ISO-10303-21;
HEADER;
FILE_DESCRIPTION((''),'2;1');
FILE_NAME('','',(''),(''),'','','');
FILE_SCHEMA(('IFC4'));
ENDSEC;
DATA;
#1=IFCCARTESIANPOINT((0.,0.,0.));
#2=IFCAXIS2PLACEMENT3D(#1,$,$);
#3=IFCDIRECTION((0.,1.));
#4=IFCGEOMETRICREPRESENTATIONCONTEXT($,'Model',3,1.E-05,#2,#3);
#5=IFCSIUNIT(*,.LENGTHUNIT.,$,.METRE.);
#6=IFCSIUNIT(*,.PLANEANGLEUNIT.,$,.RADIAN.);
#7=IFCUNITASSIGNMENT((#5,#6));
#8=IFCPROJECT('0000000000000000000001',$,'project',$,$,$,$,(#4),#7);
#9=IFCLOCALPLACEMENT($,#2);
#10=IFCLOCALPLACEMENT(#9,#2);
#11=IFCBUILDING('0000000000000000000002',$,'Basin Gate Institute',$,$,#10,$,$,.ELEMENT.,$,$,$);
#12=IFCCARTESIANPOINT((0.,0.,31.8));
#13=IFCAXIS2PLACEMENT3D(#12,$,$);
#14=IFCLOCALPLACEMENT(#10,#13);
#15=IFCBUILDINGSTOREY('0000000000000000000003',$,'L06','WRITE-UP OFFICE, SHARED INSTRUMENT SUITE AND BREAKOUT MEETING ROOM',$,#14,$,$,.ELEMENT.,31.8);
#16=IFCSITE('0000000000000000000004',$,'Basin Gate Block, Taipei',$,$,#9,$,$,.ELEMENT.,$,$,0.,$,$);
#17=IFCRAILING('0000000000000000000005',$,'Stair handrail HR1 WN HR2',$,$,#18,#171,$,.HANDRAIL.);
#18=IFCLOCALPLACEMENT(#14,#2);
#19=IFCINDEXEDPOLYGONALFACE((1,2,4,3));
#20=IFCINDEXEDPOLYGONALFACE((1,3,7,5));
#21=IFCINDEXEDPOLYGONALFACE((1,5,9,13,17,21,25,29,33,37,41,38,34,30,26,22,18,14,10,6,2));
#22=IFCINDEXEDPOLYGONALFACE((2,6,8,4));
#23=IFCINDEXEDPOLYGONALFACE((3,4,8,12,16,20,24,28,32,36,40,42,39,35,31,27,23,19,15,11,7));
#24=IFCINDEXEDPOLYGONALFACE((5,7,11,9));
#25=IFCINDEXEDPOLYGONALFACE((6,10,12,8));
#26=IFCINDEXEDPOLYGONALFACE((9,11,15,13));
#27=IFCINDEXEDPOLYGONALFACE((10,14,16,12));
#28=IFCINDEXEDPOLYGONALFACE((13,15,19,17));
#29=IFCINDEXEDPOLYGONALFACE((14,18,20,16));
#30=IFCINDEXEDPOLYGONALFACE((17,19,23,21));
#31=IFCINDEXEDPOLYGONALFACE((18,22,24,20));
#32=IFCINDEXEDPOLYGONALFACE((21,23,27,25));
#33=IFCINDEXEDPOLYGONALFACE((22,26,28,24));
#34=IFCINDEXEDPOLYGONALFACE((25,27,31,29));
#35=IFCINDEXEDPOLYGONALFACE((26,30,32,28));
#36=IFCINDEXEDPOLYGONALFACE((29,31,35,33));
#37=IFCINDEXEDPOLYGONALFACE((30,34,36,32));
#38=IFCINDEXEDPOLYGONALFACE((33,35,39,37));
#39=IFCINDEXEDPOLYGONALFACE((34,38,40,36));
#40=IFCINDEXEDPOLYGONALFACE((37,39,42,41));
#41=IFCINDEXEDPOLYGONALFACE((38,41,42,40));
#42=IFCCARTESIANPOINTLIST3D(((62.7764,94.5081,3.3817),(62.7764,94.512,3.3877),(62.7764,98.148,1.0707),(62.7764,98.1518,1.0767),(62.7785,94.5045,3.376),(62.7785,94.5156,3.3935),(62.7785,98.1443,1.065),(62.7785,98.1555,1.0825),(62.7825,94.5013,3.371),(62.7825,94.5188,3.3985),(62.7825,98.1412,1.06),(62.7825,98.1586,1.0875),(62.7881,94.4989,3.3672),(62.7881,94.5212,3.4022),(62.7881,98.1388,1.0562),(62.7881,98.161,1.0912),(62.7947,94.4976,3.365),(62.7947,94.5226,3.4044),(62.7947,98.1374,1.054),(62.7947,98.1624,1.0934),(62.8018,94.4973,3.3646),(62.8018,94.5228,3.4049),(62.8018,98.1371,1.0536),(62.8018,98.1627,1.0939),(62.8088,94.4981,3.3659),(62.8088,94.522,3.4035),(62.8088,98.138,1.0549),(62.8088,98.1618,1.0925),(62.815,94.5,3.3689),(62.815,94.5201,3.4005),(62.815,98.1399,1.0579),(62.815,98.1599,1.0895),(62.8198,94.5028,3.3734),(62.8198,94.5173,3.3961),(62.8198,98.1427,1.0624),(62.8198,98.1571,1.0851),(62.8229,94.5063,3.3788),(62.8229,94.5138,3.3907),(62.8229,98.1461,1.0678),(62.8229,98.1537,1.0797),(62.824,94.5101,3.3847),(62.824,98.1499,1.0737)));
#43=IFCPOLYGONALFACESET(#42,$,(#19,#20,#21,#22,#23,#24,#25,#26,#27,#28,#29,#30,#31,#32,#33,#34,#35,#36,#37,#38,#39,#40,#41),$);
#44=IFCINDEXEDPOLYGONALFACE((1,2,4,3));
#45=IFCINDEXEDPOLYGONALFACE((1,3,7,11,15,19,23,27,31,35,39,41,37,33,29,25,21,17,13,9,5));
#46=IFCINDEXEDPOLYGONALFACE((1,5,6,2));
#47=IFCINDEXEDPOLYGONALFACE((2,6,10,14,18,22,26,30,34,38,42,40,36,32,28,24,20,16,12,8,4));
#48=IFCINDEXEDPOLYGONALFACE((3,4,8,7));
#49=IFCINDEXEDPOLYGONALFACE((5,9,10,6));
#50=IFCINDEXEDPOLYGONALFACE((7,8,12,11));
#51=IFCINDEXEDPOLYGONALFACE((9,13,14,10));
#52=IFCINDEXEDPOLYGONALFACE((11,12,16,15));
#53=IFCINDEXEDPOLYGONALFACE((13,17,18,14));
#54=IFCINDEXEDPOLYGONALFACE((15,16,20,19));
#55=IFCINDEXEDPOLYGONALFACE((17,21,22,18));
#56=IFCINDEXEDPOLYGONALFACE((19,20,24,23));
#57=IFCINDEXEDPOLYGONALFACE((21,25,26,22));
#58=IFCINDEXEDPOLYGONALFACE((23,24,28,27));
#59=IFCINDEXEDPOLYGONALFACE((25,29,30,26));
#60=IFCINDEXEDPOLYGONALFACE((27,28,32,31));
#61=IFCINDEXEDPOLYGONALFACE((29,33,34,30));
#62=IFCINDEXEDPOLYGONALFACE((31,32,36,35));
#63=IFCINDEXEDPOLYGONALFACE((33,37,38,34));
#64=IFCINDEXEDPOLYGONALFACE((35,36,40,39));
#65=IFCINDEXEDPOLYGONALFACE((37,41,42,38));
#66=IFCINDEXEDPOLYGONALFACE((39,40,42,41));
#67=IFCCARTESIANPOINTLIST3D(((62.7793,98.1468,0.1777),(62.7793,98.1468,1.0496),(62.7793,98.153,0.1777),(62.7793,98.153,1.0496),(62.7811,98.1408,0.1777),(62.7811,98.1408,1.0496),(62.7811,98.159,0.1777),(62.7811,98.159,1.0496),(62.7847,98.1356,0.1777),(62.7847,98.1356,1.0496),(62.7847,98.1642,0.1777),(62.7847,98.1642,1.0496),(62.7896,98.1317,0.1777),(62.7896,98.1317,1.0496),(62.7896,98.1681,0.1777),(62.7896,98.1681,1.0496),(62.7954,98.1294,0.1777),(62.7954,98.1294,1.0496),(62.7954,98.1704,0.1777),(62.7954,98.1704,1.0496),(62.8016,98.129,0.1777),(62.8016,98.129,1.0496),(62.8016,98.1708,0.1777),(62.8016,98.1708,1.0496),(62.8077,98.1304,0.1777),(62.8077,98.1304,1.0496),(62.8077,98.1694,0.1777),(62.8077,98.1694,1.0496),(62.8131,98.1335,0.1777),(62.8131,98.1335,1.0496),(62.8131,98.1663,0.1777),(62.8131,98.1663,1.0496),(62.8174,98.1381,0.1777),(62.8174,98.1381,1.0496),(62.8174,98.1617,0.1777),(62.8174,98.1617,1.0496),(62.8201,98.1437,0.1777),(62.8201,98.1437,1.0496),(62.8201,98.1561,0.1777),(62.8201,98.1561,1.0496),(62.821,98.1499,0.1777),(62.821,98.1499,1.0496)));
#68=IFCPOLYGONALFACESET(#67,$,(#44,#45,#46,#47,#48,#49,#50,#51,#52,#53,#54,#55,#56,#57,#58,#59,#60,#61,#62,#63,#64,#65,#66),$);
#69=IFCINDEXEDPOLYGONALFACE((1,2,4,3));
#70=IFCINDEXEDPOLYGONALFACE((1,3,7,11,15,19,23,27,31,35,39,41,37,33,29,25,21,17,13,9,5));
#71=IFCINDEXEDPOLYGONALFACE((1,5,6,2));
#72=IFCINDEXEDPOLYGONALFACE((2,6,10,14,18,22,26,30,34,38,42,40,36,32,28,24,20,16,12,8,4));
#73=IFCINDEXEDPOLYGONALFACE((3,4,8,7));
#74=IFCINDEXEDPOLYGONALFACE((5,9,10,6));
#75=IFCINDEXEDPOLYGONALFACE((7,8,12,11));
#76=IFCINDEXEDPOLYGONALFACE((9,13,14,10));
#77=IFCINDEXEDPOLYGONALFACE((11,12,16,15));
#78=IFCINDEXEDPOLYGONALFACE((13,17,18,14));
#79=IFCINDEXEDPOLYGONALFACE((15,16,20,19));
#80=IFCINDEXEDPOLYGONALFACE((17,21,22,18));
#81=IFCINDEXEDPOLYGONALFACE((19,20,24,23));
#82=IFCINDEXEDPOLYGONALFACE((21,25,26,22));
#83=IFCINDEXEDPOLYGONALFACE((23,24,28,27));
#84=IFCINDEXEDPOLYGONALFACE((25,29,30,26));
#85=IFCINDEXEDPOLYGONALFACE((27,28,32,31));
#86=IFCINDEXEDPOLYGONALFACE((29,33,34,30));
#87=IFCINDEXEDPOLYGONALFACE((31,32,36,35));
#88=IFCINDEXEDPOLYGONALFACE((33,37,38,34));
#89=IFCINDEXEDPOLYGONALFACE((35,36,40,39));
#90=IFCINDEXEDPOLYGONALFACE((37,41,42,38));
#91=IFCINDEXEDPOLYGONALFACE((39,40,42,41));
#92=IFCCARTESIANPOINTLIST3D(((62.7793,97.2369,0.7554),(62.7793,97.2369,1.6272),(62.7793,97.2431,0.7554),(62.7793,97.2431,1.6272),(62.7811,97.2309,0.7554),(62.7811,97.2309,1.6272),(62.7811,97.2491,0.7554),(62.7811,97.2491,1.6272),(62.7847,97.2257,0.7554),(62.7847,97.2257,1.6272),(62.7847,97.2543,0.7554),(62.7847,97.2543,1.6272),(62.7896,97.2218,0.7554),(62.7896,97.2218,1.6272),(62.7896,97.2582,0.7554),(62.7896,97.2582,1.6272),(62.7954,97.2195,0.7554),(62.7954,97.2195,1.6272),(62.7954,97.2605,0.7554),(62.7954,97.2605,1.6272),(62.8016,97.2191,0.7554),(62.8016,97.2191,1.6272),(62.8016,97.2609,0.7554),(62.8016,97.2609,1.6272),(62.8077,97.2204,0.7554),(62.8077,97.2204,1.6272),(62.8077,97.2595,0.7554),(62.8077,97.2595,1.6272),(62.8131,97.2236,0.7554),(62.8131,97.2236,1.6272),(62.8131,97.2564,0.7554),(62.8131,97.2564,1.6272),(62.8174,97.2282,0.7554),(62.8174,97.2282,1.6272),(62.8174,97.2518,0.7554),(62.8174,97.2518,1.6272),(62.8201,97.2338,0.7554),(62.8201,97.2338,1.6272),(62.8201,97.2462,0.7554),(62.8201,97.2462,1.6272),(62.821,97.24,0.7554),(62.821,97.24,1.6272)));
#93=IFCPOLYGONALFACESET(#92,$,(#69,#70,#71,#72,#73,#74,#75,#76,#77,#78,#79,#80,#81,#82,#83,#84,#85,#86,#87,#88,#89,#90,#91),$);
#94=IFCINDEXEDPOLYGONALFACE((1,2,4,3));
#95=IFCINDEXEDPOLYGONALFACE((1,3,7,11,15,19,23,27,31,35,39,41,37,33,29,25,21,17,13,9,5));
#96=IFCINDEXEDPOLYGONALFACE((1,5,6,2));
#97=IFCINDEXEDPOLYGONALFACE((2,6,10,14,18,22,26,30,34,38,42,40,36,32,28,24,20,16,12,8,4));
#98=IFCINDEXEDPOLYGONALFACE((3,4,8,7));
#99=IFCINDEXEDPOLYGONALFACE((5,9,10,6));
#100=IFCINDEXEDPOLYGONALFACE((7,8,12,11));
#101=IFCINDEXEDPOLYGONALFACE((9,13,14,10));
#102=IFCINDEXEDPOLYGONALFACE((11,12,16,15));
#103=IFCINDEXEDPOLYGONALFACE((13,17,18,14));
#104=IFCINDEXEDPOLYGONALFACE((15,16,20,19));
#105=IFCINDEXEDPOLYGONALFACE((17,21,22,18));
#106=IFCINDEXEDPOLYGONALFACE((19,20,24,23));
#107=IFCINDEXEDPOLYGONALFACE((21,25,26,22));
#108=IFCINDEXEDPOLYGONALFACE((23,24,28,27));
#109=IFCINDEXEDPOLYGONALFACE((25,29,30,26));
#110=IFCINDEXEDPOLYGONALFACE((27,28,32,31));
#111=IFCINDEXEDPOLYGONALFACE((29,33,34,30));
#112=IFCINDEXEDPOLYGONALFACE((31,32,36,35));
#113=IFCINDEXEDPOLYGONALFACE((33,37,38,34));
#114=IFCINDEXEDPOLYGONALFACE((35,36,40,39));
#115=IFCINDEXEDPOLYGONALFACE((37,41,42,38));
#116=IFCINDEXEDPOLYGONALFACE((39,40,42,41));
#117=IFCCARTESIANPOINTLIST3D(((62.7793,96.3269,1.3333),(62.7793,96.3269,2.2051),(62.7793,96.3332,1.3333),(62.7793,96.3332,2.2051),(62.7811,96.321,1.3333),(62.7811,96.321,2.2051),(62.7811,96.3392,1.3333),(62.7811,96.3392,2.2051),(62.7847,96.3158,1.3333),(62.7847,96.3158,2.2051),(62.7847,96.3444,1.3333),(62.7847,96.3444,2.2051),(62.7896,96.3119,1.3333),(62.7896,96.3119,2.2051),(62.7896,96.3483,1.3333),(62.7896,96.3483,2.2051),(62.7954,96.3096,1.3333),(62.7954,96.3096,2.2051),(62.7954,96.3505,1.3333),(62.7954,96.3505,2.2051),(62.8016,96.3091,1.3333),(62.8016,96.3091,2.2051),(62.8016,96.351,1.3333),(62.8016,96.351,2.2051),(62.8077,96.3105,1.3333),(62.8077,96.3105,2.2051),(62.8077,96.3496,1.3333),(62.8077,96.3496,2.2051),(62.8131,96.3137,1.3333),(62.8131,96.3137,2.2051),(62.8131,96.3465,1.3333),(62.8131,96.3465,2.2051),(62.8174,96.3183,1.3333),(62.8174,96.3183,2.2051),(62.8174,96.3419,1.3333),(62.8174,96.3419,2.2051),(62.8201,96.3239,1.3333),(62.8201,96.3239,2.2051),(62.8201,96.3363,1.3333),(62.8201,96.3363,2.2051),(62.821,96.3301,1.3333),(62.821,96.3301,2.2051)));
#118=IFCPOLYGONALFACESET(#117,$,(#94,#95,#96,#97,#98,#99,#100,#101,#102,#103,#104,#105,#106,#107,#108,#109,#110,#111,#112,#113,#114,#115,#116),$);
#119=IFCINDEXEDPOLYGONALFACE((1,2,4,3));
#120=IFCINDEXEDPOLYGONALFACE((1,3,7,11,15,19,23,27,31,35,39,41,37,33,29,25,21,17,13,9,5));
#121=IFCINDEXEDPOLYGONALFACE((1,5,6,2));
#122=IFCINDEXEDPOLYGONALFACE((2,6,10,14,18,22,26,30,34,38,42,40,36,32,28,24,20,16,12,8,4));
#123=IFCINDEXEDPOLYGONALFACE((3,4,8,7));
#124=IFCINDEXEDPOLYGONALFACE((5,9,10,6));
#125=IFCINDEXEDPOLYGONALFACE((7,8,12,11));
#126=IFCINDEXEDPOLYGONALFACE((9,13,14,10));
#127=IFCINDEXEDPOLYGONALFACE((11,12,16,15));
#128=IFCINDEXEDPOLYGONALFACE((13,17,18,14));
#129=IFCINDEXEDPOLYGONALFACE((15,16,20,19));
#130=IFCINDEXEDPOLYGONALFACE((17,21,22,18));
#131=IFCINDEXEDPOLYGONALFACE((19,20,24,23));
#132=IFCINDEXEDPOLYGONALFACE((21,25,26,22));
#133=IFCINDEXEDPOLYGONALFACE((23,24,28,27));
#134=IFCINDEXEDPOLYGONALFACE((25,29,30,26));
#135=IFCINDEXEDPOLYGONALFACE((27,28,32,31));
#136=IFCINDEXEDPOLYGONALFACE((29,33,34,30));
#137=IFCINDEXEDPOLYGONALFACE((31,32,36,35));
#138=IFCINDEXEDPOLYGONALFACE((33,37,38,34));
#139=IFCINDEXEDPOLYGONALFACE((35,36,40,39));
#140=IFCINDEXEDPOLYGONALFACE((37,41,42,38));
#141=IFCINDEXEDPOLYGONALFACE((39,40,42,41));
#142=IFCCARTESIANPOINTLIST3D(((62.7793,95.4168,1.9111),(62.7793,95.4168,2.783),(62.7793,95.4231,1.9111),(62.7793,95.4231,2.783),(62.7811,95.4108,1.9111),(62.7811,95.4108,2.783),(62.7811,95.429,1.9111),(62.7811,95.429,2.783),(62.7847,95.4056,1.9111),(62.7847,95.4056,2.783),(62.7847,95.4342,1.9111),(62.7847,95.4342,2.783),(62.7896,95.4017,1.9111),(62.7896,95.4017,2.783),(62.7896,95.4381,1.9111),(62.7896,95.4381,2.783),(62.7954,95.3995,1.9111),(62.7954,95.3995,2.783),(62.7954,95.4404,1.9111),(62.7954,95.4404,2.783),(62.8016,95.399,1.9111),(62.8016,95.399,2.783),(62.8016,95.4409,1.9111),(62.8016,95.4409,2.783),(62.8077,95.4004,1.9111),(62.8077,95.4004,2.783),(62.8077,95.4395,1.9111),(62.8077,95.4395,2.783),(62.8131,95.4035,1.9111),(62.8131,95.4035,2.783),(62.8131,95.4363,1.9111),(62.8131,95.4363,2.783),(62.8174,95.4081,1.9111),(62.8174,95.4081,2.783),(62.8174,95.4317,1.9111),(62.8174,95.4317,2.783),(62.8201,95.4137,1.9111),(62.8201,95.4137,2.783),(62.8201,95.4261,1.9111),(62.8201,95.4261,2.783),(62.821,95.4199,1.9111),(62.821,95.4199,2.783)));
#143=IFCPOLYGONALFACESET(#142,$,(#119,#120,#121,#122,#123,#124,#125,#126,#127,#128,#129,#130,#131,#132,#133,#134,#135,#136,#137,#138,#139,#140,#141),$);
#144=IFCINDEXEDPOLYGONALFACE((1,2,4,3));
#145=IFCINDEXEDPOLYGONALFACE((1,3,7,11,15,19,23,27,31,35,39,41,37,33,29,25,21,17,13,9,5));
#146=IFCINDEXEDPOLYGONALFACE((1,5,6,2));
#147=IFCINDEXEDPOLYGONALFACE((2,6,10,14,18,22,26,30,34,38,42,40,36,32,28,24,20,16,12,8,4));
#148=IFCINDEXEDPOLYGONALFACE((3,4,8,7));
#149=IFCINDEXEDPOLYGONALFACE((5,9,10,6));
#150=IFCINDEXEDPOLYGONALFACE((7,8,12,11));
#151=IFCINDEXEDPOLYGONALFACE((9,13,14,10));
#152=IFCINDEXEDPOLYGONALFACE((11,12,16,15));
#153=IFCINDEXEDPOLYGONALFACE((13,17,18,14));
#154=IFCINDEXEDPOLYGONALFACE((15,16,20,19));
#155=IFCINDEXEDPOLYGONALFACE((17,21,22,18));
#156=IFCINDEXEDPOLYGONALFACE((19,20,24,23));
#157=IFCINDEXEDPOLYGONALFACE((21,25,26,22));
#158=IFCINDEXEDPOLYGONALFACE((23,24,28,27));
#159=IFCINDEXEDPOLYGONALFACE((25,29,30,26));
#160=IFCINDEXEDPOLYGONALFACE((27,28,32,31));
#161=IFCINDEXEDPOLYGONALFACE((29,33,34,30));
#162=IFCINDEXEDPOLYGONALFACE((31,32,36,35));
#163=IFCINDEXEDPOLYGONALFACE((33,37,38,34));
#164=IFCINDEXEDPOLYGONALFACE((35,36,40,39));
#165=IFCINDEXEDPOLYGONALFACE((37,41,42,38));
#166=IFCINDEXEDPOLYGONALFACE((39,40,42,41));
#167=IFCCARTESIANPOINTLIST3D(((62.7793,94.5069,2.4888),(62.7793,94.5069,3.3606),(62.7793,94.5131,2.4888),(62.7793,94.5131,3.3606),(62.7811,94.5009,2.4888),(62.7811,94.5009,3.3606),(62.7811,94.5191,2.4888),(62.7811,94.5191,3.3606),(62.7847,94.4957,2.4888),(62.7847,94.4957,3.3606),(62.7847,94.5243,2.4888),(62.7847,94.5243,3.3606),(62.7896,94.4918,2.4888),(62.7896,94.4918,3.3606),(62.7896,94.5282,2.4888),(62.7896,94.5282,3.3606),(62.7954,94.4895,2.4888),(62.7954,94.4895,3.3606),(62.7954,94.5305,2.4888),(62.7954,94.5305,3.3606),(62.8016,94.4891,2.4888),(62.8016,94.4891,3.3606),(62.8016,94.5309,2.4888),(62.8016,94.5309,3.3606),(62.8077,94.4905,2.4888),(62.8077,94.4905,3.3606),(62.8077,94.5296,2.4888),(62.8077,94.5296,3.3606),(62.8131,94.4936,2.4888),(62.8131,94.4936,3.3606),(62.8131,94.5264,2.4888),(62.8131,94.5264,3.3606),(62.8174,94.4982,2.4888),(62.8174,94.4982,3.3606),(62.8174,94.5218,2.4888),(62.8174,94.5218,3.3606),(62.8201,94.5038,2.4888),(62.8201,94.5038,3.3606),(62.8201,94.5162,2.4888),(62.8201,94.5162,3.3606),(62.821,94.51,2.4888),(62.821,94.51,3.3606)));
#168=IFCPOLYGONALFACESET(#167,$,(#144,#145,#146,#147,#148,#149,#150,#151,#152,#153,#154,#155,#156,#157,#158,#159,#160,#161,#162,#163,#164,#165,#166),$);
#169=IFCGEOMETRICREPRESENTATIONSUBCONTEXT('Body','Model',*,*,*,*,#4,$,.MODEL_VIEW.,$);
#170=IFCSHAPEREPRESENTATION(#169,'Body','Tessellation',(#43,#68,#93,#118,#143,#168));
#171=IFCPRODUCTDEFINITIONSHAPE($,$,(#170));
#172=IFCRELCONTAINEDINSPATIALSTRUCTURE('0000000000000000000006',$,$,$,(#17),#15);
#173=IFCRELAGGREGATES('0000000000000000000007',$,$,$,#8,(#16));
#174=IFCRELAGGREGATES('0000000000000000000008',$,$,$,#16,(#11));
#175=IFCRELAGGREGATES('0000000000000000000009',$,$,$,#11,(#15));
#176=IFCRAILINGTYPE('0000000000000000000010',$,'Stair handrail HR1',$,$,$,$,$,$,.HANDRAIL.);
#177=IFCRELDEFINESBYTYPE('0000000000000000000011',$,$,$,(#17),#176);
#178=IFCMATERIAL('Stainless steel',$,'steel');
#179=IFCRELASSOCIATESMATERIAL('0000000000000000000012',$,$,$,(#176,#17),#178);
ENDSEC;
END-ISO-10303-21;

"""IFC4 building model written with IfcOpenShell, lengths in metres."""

from ifc_helpers import new_model, si_unit, direction, frame, origin, origin_2d, place, context, subcontext, project, spatial, circle, extrude, material, type_object, element, save


model = new_model("IFC4")

# Units and contexts
model_context = context("Model", 3, precision=1e-05, world=origin(), true_north=direction((0.0, 1.0)))
body_context = subcontext(model_context, "Body", "Model", "MODEL_VIEW")
ifc_project = project(units=[si_unit("LENGTHUNIT", "METRE"), si_unit("PLANEANGLEUNIT", "RADIAN")], contexts=[model_context])

# Site, building, storey
site_placement = place(None, origin())
site = spatial("IfcSite", under=ifc_project, at=site_placement, Name="Basin Gate Block, Taipei", CompositionType="ELEMENT", RefElevation=0.0)
building_placement = place(site_placement, origin())
building = spatial("IfcBuilding", under=site, at=building_placement, Name="Basin Gate Institute", CompositionType="ELEMENT")
storey_placement = place(building_placement, frame((0.0, 0.0, 31.8)))
storey = spatial("IfcBuildingStorey", under=building, at=storey_placement, Name="L06", Description="WRITE-UP OFFICE, SHARED INSTRUMENT SUITE AND BREAKOUT MEETING ROOM", CompositionType="ELEMENT", Elevation=31.8)

# Railing
ifc_material_1 = material(Name="Stainless steel", Category="steel")
railing_type_1 = type_object("IfcRailingType", Name="Stair handrail HR1", PredefinedType="HANDRAIL", material=ifc_material_1)
for number, where, name in (
    (1, (62.8, 98.1499, 0.1777), "Stair handrail HR1 WN HR2"),
):
    element("IfcRailing", number, at=place(storey_placement, frame(where)), inside=storey, type_object=railing_type_1, material=ifc_material_1, Name=name, PredefinedType="HANDRAIL", context=body_context, shape_type="SweptSolid", body=[
        extrude(circle(Radius=0.0239, at=origin_2d()), frame((0.0, 0.0, 0.896), z_axis=(0.0, -0.844214, 0.536007), x_axis=(1.0, 0.0, 0.0)), (0.0, 0.0, 1.0), 4.3115),
        extrude(circle(Radius=0.021, at=origin_2d()), origin(), (0.0, 0.0, 1.0), 0.8718),
        extrude(circle(Radius=0.021, at=origin_2d()), frame((0.0, -0.9099, 0.5776)), (0.0, 0.0, 1.0), 0.8718),
        extrude(circle(Radius=0.021, at=origin_2d()), frame((0.0, -1.8198, 1.1555)), (0.0, 0.0, 1.0), 0.8718),
        extrude(circle(Radius=0.021, at=origin_2d()), frame((0.0, -2.73, 1.7334)), (0.0, 0.0, 1.0), 0.8718),
        extrude(circle(Radius=0.021, at=origin_2d()), frame((0.0, -3.6399, 2.311)), (0.0, 0.0, 1.0), 0.8718),
    ])

save(model, "model.ifc")
